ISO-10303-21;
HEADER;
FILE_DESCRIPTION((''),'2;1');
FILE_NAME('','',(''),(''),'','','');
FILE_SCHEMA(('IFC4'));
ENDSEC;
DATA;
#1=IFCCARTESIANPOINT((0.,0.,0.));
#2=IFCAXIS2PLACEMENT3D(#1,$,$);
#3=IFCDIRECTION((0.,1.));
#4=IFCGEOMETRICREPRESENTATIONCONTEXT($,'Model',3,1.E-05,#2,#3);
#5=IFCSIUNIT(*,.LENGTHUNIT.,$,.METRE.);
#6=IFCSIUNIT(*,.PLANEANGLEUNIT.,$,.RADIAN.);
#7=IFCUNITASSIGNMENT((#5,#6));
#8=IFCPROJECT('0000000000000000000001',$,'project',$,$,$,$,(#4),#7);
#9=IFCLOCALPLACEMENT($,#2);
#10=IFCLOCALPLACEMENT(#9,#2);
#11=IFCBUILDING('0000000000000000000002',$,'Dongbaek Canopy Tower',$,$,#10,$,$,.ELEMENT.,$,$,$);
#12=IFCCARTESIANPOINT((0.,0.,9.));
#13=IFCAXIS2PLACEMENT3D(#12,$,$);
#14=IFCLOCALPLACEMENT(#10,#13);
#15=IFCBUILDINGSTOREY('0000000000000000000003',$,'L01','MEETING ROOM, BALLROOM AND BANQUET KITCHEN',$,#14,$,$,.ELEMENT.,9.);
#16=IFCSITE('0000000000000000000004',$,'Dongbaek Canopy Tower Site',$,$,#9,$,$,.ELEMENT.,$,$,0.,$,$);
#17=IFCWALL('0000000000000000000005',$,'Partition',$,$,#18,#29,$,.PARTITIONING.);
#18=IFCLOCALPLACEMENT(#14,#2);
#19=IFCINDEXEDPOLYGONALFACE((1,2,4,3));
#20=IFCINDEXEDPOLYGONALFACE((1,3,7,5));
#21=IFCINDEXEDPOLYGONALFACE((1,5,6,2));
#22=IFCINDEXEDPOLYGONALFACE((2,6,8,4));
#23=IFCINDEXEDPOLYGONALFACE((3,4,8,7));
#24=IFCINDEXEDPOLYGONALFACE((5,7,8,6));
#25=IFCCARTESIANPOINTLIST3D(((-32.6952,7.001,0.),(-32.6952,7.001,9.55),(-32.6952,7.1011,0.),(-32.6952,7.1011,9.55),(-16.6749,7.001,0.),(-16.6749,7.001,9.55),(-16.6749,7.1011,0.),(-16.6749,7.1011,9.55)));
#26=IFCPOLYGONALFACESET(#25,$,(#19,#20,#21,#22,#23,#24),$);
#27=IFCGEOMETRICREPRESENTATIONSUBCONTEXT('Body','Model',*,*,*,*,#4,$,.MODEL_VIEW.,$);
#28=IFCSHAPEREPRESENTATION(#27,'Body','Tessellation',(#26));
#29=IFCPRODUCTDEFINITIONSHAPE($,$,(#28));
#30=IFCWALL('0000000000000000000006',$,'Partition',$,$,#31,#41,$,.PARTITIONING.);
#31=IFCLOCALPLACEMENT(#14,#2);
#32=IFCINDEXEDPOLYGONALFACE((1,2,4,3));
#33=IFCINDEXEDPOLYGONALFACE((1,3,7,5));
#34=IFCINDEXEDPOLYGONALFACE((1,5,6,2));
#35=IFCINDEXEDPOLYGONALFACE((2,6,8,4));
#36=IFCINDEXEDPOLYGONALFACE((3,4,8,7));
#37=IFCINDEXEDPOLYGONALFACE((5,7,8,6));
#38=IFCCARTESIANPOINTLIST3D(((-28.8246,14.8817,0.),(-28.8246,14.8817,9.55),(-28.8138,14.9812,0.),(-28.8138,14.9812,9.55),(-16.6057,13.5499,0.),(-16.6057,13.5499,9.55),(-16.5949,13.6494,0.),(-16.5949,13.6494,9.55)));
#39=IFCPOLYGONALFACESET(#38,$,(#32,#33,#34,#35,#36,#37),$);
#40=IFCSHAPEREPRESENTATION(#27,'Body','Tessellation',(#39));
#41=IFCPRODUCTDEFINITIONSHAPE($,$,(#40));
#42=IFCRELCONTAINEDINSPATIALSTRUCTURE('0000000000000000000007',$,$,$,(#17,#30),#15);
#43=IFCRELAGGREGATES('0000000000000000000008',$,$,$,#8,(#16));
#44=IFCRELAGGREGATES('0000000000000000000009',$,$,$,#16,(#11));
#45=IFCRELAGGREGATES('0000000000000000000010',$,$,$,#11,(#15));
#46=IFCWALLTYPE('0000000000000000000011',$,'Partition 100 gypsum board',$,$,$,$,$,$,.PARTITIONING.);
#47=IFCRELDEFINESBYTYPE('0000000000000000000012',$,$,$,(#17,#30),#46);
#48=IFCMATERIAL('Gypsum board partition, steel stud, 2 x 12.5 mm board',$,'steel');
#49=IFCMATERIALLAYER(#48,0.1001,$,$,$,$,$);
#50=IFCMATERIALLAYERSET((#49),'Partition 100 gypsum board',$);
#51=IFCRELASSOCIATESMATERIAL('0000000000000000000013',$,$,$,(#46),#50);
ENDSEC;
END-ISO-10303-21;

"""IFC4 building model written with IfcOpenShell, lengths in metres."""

from ifc_helpers import new_model, si_unit, direction, frame, frame_2d, origin, place, context, subcontext, project, spatial, rectangle, extrude, material, layer, layer_set, type_object, element, save


model = new_model("IFC4")

# Units and contexts
model_context = context("Model", 3, precision=1e-05, world=origin(), true_north=direction((0.0, 1.0)))
body_context = subcontext(model_context, "Body", "Model", "MODEL_VIEW")
ifc_project = project(units=[si_unit("LENGTHUNIT", "METRE"), si_unit("PLANEANGLEUNIT", "RADIAN")], contexts=[model_context])

# Site, building, storey
site_placement = place(None, origin())
site = spatial("IfcSite", under=ifc_project, at=site_placement, Name="Dongbaek Canopy Tower Site", CompositionType="ELEMENT", RefElevation=0.0)
building_placement = place(site_placement, origin())
building = spatial("IfcBuilding", under=site, at=building_placement, Name="Dongbaek Canopy Tower", CompositionType="ELEMENT")
storey_placement = place(building_placement, frame((0.0, 0.0, 9.0)))
storey = spatial("IfcBuildingStorey", under=building, at=storey_placement, Name="L01", Description="MEETING ROOM, BALLROOM AND BANQUET KITCHEN", CompositionType="ELEMENT", Elevation=9.0)

# Walls
ifc_material_1 = material(Name="Gypsum board partition, steel stud, 2 x 12.5 mm board", Category="steel")
ifc_layer_1 = layer(ifc_material_1, 0.1001)
ifc_layer_set_1 = layer_set([ifc_layer_1], Name="Partition 100 gypsum board")
wall_type_1 = type_object("IfcWallType", Name="Partition 100 gypsum board", PredefinedType="PARTITIONING", material=ifc_layer_set_1)
wall_1_placement = place(storey_placement, frame((-32.6953, 7.051, 0.0), z_axis=(0.0, 0.0, 1.0), x_axis=(1.0, 0.0, 0.0)))
element("IfcWall", 1, at=wall_1_placement, inside=storey, type_object=wall_type_1, Name="Partition", PredefinedType="PARTITIONING", context=body_context, shape_type="SweptSolid", body=[
    extrude(rectangle(XDim=16.0203, YDim=0.1001, at=frame_2d((8.0103, 0.0))), origin(), (0.0, 0.0, 1.0), 9.55),
])
wall_2_placement = place(storey_placement, frame((-28.8191, 14.9314, 0.0), z_axis=(0.0, 0.0, 1.0), x_axis=(0.994113, -0.108352, 0.0)))
element("IfcWall", 2, at=wall_2_placement, inside=storey, type_object=wall_type_1, Name="Partition", PredefinedType="PARTITIONING", context=body_context, shape_type="SweptSolid", body=[
    extrude(rectangle(XDim=12.2913, YDim=0.1001, at=frame_2d((6.1455, 0.0))), origin(), (0.0, 0.0, 1.0), 9.55),
])

save(model, "model.ifc")
